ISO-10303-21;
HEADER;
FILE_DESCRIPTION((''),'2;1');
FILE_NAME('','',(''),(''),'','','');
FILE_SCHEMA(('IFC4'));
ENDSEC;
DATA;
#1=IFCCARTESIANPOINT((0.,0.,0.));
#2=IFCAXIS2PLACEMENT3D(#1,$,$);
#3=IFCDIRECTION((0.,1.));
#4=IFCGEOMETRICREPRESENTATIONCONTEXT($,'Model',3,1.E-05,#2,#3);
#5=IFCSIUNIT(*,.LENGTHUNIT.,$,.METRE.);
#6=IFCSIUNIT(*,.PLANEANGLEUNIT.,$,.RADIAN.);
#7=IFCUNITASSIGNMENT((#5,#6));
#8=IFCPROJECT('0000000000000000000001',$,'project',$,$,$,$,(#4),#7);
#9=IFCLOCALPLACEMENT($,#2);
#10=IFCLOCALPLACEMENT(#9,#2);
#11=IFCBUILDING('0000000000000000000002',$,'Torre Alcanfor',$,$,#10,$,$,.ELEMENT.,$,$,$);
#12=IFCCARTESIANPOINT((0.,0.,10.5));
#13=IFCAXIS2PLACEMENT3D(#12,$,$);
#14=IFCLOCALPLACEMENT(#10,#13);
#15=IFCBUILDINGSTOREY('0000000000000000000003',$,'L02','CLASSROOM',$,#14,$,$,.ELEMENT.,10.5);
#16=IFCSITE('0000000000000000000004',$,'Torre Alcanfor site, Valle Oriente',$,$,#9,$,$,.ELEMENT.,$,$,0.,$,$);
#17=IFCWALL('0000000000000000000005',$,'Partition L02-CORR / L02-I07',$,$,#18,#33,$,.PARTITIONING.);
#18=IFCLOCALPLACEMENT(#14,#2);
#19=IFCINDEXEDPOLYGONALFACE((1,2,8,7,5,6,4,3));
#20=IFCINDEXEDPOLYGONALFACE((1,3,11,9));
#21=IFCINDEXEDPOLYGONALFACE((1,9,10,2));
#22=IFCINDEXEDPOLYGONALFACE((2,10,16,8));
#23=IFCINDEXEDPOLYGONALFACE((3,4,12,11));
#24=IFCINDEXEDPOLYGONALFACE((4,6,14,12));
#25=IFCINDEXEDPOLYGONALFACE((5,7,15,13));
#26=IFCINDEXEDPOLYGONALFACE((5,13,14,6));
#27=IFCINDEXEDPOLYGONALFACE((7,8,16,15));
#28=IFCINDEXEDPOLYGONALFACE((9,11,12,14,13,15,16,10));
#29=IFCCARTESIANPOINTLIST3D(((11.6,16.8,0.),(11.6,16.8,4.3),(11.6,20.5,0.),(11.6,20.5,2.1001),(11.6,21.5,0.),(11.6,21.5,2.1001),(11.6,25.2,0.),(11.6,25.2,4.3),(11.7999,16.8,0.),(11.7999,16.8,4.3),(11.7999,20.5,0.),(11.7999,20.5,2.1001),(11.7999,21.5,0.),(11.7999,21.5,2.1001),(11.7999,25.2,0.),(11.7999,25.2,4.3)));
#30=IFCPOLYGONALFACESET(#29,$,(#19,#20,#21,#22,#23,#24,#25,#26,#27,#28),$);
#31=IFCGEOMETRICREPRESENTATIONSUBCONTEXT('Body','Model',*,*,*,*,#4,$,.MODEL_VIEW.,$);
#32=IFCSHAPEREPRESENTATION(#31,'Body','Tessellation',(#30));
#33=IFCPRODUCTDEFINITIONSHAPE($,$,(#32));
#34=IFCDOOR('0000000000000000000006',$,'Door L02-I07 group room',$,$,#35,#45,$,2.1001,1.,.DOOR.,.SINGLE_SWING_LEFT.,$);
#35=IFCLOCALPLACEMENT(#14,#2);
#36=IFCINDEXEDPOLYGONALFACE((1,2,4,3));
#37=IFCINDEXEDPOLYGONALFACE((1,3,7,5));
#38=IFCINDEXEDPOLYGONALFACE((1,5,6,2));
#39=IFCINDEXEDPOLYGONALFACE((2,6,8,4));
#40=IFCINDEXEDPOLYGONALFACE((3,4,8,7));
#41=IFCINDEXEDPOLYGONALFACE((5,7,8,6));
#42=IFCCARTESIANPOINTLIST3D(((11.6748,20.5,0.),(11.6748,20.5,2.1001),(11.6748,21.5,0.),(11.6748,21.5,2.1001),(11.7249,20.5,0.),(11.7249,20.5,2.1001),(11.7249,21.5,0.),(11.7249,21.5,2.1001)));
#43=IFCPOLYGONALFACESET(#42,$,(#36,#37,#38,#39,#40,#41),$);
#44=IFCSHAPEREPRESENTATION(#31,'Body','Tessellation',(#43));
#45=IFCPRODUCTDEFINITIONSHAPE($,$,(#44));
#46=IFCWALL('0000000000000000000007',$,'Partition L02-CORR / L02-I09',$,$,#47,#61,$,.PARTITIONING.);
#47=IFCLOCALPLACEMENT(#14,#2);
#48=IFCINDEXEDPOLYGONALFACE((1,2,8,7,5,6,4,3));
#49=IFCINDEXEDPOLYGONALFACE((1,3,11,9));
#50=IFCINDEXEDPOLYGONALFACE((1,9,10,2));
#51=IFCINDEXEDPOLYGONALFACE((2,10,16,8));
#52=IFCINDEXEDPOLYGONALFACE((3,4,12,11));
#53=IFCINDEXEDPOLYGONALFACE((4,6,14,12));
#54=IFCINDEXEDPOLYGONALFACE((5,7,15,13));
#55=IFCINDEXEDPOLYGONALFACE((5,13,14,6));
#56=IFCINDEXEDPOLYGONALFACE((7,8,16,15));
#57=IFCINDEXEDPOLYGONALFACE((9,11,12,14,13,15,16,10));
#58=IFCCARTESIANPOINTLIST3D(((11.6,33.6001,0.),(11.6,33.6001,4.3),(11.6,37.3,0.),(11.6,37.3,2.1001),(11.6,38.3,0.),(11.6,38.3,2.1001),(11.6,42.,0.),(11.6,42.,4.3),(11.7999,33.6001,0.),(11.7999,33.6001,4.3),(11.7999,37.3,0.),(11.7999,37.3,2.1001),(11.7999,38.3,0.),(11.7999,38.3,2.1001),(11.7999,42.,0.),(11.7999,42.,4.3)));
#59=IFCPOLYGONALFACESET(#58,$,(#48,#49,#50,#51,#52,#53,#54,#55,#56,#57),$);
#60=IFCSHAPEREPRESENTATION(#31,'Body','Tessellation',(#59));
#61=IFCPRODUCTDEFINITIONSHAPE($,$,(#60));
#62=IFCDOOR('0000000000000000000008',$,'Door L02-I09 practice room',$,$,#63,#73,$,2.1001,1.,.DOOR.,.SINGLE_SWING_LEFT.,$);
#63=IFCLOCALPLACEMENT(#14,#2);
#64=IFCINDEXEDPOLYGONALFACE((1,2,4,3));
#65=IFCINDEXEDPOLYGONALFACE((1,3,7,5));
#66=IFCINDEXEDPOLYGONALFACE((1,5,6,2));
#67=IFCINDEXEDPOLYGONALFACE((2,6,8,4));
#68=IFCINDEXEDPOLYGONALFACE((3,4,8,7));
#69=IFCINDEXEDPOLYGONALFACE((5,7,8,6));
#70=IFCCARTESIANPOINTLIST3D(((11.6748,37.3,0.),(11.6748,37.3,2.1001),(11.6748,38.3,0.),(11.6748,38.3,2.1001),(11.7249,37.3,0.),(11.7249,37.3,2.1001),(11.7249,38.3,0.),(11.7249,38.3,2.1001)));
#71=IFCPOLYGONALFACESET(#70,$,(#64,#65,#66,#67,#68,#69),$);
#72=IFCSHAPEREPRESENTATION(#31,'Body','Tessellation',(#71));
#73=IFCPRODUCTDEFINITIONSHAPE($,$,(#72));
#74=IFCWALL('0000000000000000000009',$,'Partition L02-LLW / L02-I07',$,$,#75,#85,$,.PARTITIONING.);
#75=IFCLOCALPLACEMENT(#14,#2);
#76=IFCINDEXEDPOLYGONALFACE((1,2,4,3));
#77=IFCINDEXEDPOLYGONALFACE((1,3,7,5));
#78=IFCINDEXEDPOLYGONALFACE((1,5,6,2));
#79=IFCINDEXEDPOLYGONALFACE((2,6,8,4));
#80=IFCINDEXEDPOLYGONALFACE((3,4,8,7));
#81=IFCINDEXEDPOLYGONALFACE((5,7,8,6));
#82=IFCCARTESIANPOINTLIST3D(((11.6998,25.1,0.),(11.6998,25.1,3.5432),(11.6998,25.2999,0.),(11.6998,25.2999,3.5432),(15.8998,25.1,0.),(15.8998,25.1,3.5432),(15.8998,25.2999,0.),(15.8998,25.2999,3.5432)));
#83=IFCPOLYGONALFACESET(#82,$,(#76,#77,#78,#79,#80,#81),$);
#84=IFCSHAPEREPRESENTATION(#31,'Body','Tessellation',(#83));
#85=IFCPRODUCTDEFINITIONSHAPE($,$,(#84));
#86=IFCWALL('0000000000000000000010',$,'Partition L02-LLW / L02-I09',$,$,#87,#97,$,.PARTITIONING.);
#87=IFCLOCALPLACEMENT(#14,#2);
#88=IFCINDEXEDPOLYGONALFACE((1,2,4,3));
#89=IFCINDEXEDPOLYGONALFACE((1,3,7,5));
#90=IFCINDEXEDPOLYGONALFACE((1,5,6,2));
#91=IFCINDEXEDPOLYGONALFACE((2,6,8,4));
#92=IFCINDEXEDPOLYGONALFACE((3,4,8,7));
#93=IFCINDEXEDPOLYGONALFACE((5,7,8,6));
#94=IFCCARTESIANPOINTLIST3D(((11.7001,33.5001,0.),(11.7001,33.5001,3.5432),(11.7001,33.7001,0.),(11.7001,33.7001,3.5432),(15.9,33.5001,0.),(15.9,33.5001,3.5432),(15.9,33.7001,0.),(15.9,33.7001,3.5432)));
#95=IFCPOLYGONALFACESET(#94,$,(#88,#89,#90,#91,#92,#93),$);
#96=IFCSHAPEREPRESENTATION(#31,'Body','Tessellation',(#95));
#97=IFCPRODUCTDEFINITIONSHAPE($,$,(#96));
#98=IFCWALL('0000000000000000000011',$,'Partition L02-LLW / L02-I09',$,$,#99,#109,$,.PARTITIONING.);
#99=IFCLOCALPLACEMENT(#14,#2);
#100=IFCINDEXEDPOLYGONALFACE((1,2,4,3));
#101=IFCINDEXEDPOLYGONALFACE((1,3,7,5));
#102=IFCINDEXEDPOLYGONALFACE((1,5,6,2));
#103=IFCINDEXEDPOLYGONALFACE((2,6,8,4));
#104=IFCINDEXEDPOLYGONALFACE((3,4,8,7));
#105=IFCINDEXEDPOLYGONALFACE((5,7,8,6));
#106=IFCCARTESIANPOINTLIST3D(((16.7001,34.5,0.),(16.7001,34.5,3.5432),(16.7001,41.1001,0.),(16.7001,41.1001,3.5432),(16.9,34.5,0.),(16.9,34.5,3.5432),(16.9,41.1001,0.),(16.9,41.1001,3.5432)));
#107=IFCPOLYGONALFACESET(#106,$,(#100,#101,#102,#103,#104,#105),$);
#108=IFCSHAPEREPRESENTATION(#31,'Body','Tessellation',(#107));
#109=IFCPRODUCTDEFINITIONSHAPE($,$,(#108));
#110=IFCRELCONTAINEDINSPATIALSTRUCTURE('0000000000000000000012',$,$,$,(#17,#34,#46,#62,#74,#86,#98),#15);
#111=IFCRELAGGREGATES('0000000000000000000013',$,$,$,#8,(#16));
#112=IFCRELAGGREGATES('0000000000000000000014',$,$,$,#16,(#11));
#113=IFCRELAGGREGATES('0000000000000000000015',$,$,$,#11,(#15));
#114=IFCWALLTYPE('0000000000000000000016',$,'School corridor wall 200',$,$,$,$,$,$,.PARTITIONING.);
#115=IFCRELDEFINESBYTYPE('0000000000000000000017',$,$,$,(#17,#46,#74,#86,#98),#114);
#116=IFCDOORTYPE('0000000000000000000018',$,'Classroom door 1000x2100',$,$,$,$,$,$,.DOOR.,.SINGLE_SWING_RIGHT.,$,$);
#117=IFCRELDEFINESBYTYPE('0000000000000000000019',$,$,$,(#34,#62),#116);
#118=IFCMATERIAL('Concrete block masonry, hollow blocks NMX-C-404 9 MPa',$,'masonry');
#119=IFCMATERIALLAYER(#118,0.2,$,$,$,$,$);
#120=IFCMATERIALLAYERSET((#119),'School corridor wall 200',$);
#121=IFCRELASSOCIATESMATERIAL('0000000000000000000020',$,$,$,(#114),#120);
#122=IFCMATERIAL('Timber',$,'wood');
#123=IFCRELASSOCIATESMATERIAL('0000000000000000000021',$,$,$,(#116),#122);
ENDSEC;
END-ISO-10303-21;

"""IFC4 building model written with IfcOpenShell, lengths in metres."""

from ifc_helpers import new_model, si_unit, direction, frame, frame_2d, origin, place, context, subcontext, project, spatial, rectangle, extrude, material, layer, layer_set, type_object, element, fill, save


model = new_model("IFC4")

# Units and contexts
model_context = context("Model", 3, precision=1e-05, world=origin(), true_north=direction((0.0, 1.0)))
body_context = subcontext(model_context, "Body", "Model", "MODEL_VIEW")
ifc_project = project(units=[si_unit("LENGTHUNIT", "METRE"), si_unit("PLANEANGLEUNIT", "RADIAN")], contexts=[model_context])

# Site, building, storey
site_placement = place(None, origin())
site = spatial("IfcSite", under=ifc_project, at=site_placement, Name="Torre Alcanfor site, Valle Oriente", CompositionType="ELEMENT", RefElevation=0.0)
building_placement = place(site_placement, origin())
building = spatial("IfcBuilding", under=site, at=building_placement, Name="Torre Alcanfor", CompositionType="ELEMENT")
storey_placement = place(building_placement, frame((0.0, 0.0, 10.5)))
storey = spatial("IfcBuildingStorey", under=building, at=storey_placement, Name="L02", Description="CLASSROOM", CompositionType="ELEMENT", Elevation=10.5)

# Walls, openings, doors
ifc_material_1 = material(Name="Concrete block masonry, hollow blocks NMX-C-404 9 MPa", Category="masonry")
ifc_layer_1 = layer(ifc_material_1, 0.2)
ifc_layer_set_1 = layer_set([ifc_layer_1], Name="School corridor wall 200")
wall_type_1 = type_object("IfcWallType", Name="School corridor wall 200", PredefinedType="PARTITIONING", material=ifc_layer_set_1)
ifc_material_2 = material(Name="Timber", Category="wood")
door_type_1 = type_object("IfcDoorType", Name="Classroom door 1000x2100", OperationType="SINGLE_SWING_RIGHT", PredefinedType="DOOR", material=ifc_material_2)
wall_1_placement = place(storey_placement, frame((11.7, 25.2, 0.0), z_axis=(0.0, 0.0, 1.0), x_axis=(0.0, -1.0, 0.0)))
wall_1 = element("IfcWall", 1, at=wall_1_placement, inside=storey, type_object=wall_type_1, Name="Partition L02-CORR / L02-I07", PredefinedType="PARTITIONING", context=body_context, shape_type="SweptSolid", body=[
    extrude(rectangle(XDim=8.3999, YDim=0.2, at=frame_2d((4.2, 0.0))), origin(), (0.0, 0.0, 1.0), 4.3),
])
opening_1_placement = place(wall_1_placement, frame((3.7, 0.0, 0.0)))
opening_1 = element("IfcOpeningElement", 2, at=opening_1_placement, cuts=wall_1, PredefinedType="OPENING", context=body_context, shape_type="SweptSolid", body=[
    extrude(rectangle(XDim=1.0, YDim=2.1001, at=frame_2d((0.5, 1.05))), frame((0.0, 0.1099, 0.0), z_axis=(0.0, -1.0, 0.0), x_axis=(1.0, 0.0, 0.0)), (0.0, 0.0, 1.0), 0.22),
])
door_1_placement = place(opening_1_placement, origin())
door_1 = element("IfcDoor", 3, at=door_1_placement, inside=storey, type_object=door_type_1, Name="Door L02-I07 group room", OperationType="SINGLE_SWING_LEFT", OverallHeight=2.1001, OverallWidth=1.0, PredefinedType="DOOR", context=body_context, shape_type="SweptSolid", body=[
    extrude(rectangle(XDim=1.0, YDim=2.1001, at=frame_2d((0.5, 1.05))), frame((0.0, 0.0249, 0.0), z_axis=(0.0, -1.0, 0.0), x_axis=(1.0, 0.0, 0.0)), (0.0, 0.0, 1.0), 0.05),
])
fill(opening_1, door_1)
wall_2_placement = place(storey_placement, frame((11.7, 42.0, 0.0), z_axis=(0.0, 0.0, 1.0), x_axis=(0.0, -1.0, 0.0)))
wall_2 = element("IfcWall", 4, at=wall_2_placement, inside=storey, type_object=wall_type_1, Name="Partition L02-CORR / L02-I09", PredefinedType="PARTITIONING", context=body_context, shape_type="SweptSolid", body=[
    extrude(rectangle(XDim=8.3999, YDim=0.2, at=frame_2d((4.2, 0.0))), origin(), (0.0, 0.0, 1.0), 4.3),
])
opening_2_placement = place(wall_2_placement, frame((3.7, 0.0, 0.0)))
opening_2 = element("IfcOpeningElement", 5, at=opening_2_placement, cuts=wall_2, PredefinedType="OPENING", context=body_context, shape_type="SweptSolid", body=[
    extrude(rectangle(XDim=1.0, YDim=2.1001, at=frame_2d((0.5, 1.05))), frame((0.0, 0.1099, 0.0), z_axis=(0.0, -1.0, 0.0), x_axis=(1.0, 0.0, 0.0)), (0.0, 0.0, 1.0), 0.22),
])
door_2_placement = place(opening_2_placement, origin())
door_2 = element("IfcDoor", 6, at=door_2_placement, inside=storey, type_object=door_type_1, Name="Door L02-I09 practice room", OperationType="SINGLE_SWING_LEFT", OverallHeight=2.1001, OverallWidth=1.0, PredefinedType="DOOR", context=body_context, shape_type="SweptSolid", body=[
    extrude(rectangle(XDim=1.0, YDim=2.1001, at=frame_2d((0.5, 1.05))), frame((0.0, 0.0249, 0.0), z_axis=(0.0, -1.0, 0.0), x_axis=(1.0, 0.0, 0.0)), (0.0, 0.0, 1.0), 0.05),
])
fill(opening_2, door_2)

# Walls
for number, where, z_axis, x_axis, name in (
    (7, (15.8999, 25.2, 0.0), (0.0, 0.0, 1.0), (-1.0, 0.0, 0.0), "Partition L02-LLW / L02-I07"),
    (8, (11.7, 33.6001, 0.0), (0.0, 0.0, 1.0), (1.0, 0.0, 0.0), "Partition L02-LLW / L02-I09"),
):
    element("IfcWall", number, at=place(storey_placement, frame(where, z_axis=z_axis, x_axis=x_axis)), inside=storey, type_object=wall_type_1, Name=name, PredefinedType="PARTITIONING", context=body_context, shape_type="SweptSolid", body=[
        extrude(rectangle(XDim=4.2, YDim=0.2, at=frame_2d((2.1001, 0.0))), origin(), (0.0, 0.0, 1.0), 3.5432),
    ])
wall_3_placement = place(storey_placement, frame((16.8, 34.5, 0.0), z_axis=(0.0, 0.0, 1.0), x_axis=(0.0, 1.0, 0.0)))
element("IfcWall", 9, at=wall_3_placement, inside=storey, type_object=wall_type_1, Name="Partition L02-LLW / L02-I09", PredefinedType="PARTITIONING", context=body_context, shape_type="SweptSolid", body=[
    extrude(rectangle(XDim=6.6001, YDim=0.2, at=frame_2d((3.3, 0.0))), origin(), (0.0, 0.0, 1.0), 3.5432),
])

save(model, "model.ifc")
